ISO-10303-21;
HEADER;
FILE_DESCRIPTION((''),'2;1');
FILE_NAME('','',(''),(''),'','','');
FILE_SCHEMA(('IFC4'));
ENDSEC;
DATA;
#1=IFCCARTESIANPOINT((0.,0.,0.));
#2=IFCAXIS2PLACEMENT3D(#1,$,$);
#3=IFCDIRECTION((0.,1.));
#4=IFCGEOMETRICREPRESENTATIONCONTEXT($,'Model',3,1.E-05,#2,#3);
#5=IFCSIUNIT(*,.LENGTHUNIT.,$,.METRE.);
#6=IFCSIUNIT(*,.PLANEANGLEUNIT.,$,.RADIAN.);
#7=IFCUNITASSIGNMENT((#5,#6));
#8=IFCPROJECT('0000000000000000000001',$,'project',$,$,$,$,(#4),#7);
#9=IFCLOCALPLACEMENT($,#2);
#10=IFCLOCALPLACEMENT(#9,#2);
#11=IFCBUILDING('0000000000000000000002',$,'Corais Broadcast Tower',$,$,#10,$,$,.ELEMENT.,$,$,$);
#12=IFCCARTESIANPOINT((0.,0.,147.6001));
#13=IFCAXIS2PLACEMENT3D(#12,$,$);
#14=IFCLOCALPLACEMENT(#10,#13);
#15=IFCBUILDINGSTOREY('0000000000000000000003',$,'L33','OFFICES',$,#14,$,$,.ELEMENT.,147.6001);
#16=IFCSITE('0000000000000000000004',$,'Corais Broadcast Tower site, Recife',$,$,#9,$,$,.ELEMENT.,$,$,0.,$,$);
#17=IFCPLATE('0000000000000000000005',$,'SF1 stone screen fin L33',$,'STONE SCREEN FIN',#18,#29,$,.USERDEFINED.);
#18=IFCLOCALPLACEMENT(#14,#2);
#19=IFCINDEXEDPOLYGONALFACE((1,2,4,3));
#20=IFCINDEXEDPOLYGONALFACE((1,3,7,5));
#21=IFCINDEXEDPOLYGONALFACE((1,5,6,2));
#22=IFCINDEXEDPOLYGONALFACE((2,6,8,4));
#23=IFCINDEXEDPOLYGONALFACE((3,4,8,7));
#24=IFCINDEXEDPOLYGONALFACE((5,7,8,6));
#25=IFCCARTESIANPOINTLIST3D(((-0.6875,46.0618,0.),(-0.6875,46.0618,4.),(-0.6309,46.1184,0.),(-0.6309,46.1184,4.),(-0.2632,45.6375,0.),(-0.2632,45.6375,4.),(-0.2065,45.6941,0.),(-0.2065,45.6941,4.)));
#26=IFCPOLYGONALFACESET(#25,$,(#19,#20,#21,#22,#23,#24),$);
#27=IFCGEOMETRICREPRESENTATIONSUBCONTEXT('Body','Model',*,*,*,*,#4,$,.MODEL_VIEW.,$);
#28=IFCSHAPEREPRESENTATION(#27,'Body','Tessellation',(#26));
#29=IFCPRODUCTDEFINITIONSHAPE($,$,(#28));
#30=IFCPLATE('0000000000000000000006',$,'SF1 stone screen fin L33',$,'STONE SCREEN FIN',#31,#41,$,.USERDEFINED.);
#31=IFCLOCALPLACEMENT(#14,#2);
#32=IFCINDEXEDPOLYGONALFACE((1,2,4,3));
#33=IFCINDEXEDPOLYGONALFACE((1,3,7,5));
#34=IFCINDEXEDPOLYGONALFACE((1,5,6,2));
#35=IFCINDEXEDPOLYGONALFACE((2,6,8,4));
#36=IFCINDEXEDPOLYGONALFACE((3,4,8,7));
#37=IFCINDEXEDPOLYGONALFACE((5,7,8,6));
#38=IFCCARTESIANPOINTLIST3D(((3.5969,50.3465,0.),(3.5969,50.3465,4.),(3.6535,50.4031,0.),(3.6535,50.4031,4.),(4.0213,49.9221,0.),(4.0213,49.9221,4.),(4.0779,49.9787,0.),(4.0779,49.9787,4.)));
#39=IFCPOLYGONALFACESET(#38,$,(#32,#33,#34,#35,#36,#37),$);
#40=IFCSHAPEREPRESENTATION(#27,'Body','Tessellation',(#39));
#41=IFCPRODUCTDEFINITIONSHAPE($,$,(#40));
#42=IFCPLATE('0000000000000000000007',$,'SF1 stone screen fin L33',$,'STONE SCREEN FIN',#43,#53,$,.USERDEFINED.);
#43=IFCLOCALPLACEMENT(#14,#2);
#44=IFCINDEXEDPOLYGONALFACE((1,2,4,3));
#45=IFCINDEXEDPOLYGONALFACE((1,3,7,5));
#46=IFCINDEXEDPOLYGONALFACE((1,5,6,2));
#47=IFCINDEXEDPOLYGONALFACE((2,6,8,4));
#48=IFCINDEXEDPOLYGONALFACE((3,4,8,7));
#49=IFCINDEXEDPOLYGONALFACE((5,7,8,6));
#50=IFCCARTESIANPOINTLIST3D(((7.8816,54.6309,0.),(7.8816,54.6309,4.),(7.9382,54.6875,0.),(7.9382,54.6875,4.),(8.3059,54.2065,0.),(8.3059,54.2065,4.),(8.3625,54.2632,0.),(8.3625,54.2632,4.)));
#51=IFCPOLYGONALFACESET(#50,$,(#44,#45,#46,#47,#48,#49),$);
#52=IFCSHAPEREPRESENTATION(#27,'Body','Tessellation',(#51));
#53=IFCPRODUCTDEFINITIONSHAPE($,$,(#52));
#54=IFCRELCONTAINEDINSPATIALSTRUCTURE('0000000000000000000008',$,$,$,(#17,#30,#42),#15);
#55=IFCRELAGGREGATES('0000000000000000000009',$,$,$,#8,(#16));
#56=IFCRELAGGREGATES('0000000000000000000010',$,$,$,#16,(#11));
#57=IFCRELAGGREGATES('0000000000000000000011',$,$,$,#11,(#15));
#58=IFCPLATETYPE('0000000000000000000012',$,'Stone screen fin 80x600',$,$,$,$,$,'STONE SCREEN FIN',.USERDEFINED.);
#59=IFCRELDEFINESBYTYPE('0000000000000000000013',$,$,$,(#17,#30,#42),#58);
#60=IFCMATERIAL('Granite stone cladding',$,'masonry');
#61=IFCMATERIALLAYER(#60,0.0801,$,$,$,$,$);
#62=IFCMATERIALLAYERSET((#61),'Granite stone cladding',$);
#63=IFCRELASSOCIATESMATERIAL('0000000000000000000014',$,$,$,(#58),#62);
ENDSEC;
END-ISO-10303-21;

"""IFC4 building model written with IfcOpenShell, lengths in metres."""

from ifc_helpers import new_model, si_unit, direction, frame, origin, origin_2d, place, context, subcontext, project, spatial, rectangle, extrude, material, layer, layer_set, type_object, element, save


model = new_model("IFC4")

# Units and contexts
model_context = context("Model", 3, precision=1e-05, world=origin(), true_north=direction((0.0, 1.0)))
body_context = subcontext(model_context, "Body", "Model", "MODEL_VIEW")
ifc_project = project(units=[si_unit("LENGTHUNIT", "METRE"), si_unit("PLANEANGLEUNIT", "RADIAN")], contexts=[model_context])

# Site, building, storey
site_placement = place(None, origin())
site = spatial("IfcSite", under=ifc_project, at=site_placement, Name="Corais Broadcast Tower site, Recife", CompositionType="ELEMENT", RefElevation=0.0)
building_placement = place(site_placement, origin())
building = spatial("IfcBuilding", under=site, at=building_placement, Name="Corais Broadcast Tower", CompositionType="ELEMENT")
storey_placement = place(building_placement, frame((0.0, 0.0, 147.6001)))
storey = spatial("IfcBuildingStorey", under=building, at=storey_placement, Name="L33", Description="OFFICES", CompositionType="ELEMENT", Elevation=147.6001)

# Plates
ifc_material_1 = material(Name="Granite stone cladding", Category="masonry")
ifc_layer_1 = layer(ifc_material_1, 0.0801)
ifc_layer_set_1 = layer_set([ifc_layer_1], Name="Granite stone cladding")
plate_type_1 = type_object("IfcPlateType", Name="Stone screen fin 80x600", ElementType="STONE SCREEN FIN", PredefinedType="USERDEFINED", material=ifc_layer_set_1)
for number, where, z_axis, x_axis, name in (
    (1, (-0.447, 45.8779, 0.0), (0.0, 0.0, 1.0), (0.707107, 0.707107, 0.0), "SF1 stone screen fin L33"),
    (2, (3.8374, 50.1626, 0.0), (0.0, 0.0, 1.0), (0.707107, 0.707107, 0.0), "SF1 stone screen fin L33"),
    (3, (8.1221, 54.447, 0.0), (0.0, 0.0, 1.0), (0.707107, 0.707107, 0.0), "SF1 stone screen fin L33"),
):
    element("IfcPlate", number, at=place(storey_placement, frame(where, z_axis=z_axis, x_axis=x_axis)), inside=storey, type_object=plate_type_1, Name=name, ObjectType="STONE SCREEN FIN", PredefinedType="USERDEFINED", context=body_context, shape_type="SweptSolid", body=[
        extrude(rectangle(XDim=0.0801, YDim=0.6001, at=origin_2d()), origin(), (0.0, 0.0, 1.0), 4.0),
    ])

save(model, "model.ifc")
